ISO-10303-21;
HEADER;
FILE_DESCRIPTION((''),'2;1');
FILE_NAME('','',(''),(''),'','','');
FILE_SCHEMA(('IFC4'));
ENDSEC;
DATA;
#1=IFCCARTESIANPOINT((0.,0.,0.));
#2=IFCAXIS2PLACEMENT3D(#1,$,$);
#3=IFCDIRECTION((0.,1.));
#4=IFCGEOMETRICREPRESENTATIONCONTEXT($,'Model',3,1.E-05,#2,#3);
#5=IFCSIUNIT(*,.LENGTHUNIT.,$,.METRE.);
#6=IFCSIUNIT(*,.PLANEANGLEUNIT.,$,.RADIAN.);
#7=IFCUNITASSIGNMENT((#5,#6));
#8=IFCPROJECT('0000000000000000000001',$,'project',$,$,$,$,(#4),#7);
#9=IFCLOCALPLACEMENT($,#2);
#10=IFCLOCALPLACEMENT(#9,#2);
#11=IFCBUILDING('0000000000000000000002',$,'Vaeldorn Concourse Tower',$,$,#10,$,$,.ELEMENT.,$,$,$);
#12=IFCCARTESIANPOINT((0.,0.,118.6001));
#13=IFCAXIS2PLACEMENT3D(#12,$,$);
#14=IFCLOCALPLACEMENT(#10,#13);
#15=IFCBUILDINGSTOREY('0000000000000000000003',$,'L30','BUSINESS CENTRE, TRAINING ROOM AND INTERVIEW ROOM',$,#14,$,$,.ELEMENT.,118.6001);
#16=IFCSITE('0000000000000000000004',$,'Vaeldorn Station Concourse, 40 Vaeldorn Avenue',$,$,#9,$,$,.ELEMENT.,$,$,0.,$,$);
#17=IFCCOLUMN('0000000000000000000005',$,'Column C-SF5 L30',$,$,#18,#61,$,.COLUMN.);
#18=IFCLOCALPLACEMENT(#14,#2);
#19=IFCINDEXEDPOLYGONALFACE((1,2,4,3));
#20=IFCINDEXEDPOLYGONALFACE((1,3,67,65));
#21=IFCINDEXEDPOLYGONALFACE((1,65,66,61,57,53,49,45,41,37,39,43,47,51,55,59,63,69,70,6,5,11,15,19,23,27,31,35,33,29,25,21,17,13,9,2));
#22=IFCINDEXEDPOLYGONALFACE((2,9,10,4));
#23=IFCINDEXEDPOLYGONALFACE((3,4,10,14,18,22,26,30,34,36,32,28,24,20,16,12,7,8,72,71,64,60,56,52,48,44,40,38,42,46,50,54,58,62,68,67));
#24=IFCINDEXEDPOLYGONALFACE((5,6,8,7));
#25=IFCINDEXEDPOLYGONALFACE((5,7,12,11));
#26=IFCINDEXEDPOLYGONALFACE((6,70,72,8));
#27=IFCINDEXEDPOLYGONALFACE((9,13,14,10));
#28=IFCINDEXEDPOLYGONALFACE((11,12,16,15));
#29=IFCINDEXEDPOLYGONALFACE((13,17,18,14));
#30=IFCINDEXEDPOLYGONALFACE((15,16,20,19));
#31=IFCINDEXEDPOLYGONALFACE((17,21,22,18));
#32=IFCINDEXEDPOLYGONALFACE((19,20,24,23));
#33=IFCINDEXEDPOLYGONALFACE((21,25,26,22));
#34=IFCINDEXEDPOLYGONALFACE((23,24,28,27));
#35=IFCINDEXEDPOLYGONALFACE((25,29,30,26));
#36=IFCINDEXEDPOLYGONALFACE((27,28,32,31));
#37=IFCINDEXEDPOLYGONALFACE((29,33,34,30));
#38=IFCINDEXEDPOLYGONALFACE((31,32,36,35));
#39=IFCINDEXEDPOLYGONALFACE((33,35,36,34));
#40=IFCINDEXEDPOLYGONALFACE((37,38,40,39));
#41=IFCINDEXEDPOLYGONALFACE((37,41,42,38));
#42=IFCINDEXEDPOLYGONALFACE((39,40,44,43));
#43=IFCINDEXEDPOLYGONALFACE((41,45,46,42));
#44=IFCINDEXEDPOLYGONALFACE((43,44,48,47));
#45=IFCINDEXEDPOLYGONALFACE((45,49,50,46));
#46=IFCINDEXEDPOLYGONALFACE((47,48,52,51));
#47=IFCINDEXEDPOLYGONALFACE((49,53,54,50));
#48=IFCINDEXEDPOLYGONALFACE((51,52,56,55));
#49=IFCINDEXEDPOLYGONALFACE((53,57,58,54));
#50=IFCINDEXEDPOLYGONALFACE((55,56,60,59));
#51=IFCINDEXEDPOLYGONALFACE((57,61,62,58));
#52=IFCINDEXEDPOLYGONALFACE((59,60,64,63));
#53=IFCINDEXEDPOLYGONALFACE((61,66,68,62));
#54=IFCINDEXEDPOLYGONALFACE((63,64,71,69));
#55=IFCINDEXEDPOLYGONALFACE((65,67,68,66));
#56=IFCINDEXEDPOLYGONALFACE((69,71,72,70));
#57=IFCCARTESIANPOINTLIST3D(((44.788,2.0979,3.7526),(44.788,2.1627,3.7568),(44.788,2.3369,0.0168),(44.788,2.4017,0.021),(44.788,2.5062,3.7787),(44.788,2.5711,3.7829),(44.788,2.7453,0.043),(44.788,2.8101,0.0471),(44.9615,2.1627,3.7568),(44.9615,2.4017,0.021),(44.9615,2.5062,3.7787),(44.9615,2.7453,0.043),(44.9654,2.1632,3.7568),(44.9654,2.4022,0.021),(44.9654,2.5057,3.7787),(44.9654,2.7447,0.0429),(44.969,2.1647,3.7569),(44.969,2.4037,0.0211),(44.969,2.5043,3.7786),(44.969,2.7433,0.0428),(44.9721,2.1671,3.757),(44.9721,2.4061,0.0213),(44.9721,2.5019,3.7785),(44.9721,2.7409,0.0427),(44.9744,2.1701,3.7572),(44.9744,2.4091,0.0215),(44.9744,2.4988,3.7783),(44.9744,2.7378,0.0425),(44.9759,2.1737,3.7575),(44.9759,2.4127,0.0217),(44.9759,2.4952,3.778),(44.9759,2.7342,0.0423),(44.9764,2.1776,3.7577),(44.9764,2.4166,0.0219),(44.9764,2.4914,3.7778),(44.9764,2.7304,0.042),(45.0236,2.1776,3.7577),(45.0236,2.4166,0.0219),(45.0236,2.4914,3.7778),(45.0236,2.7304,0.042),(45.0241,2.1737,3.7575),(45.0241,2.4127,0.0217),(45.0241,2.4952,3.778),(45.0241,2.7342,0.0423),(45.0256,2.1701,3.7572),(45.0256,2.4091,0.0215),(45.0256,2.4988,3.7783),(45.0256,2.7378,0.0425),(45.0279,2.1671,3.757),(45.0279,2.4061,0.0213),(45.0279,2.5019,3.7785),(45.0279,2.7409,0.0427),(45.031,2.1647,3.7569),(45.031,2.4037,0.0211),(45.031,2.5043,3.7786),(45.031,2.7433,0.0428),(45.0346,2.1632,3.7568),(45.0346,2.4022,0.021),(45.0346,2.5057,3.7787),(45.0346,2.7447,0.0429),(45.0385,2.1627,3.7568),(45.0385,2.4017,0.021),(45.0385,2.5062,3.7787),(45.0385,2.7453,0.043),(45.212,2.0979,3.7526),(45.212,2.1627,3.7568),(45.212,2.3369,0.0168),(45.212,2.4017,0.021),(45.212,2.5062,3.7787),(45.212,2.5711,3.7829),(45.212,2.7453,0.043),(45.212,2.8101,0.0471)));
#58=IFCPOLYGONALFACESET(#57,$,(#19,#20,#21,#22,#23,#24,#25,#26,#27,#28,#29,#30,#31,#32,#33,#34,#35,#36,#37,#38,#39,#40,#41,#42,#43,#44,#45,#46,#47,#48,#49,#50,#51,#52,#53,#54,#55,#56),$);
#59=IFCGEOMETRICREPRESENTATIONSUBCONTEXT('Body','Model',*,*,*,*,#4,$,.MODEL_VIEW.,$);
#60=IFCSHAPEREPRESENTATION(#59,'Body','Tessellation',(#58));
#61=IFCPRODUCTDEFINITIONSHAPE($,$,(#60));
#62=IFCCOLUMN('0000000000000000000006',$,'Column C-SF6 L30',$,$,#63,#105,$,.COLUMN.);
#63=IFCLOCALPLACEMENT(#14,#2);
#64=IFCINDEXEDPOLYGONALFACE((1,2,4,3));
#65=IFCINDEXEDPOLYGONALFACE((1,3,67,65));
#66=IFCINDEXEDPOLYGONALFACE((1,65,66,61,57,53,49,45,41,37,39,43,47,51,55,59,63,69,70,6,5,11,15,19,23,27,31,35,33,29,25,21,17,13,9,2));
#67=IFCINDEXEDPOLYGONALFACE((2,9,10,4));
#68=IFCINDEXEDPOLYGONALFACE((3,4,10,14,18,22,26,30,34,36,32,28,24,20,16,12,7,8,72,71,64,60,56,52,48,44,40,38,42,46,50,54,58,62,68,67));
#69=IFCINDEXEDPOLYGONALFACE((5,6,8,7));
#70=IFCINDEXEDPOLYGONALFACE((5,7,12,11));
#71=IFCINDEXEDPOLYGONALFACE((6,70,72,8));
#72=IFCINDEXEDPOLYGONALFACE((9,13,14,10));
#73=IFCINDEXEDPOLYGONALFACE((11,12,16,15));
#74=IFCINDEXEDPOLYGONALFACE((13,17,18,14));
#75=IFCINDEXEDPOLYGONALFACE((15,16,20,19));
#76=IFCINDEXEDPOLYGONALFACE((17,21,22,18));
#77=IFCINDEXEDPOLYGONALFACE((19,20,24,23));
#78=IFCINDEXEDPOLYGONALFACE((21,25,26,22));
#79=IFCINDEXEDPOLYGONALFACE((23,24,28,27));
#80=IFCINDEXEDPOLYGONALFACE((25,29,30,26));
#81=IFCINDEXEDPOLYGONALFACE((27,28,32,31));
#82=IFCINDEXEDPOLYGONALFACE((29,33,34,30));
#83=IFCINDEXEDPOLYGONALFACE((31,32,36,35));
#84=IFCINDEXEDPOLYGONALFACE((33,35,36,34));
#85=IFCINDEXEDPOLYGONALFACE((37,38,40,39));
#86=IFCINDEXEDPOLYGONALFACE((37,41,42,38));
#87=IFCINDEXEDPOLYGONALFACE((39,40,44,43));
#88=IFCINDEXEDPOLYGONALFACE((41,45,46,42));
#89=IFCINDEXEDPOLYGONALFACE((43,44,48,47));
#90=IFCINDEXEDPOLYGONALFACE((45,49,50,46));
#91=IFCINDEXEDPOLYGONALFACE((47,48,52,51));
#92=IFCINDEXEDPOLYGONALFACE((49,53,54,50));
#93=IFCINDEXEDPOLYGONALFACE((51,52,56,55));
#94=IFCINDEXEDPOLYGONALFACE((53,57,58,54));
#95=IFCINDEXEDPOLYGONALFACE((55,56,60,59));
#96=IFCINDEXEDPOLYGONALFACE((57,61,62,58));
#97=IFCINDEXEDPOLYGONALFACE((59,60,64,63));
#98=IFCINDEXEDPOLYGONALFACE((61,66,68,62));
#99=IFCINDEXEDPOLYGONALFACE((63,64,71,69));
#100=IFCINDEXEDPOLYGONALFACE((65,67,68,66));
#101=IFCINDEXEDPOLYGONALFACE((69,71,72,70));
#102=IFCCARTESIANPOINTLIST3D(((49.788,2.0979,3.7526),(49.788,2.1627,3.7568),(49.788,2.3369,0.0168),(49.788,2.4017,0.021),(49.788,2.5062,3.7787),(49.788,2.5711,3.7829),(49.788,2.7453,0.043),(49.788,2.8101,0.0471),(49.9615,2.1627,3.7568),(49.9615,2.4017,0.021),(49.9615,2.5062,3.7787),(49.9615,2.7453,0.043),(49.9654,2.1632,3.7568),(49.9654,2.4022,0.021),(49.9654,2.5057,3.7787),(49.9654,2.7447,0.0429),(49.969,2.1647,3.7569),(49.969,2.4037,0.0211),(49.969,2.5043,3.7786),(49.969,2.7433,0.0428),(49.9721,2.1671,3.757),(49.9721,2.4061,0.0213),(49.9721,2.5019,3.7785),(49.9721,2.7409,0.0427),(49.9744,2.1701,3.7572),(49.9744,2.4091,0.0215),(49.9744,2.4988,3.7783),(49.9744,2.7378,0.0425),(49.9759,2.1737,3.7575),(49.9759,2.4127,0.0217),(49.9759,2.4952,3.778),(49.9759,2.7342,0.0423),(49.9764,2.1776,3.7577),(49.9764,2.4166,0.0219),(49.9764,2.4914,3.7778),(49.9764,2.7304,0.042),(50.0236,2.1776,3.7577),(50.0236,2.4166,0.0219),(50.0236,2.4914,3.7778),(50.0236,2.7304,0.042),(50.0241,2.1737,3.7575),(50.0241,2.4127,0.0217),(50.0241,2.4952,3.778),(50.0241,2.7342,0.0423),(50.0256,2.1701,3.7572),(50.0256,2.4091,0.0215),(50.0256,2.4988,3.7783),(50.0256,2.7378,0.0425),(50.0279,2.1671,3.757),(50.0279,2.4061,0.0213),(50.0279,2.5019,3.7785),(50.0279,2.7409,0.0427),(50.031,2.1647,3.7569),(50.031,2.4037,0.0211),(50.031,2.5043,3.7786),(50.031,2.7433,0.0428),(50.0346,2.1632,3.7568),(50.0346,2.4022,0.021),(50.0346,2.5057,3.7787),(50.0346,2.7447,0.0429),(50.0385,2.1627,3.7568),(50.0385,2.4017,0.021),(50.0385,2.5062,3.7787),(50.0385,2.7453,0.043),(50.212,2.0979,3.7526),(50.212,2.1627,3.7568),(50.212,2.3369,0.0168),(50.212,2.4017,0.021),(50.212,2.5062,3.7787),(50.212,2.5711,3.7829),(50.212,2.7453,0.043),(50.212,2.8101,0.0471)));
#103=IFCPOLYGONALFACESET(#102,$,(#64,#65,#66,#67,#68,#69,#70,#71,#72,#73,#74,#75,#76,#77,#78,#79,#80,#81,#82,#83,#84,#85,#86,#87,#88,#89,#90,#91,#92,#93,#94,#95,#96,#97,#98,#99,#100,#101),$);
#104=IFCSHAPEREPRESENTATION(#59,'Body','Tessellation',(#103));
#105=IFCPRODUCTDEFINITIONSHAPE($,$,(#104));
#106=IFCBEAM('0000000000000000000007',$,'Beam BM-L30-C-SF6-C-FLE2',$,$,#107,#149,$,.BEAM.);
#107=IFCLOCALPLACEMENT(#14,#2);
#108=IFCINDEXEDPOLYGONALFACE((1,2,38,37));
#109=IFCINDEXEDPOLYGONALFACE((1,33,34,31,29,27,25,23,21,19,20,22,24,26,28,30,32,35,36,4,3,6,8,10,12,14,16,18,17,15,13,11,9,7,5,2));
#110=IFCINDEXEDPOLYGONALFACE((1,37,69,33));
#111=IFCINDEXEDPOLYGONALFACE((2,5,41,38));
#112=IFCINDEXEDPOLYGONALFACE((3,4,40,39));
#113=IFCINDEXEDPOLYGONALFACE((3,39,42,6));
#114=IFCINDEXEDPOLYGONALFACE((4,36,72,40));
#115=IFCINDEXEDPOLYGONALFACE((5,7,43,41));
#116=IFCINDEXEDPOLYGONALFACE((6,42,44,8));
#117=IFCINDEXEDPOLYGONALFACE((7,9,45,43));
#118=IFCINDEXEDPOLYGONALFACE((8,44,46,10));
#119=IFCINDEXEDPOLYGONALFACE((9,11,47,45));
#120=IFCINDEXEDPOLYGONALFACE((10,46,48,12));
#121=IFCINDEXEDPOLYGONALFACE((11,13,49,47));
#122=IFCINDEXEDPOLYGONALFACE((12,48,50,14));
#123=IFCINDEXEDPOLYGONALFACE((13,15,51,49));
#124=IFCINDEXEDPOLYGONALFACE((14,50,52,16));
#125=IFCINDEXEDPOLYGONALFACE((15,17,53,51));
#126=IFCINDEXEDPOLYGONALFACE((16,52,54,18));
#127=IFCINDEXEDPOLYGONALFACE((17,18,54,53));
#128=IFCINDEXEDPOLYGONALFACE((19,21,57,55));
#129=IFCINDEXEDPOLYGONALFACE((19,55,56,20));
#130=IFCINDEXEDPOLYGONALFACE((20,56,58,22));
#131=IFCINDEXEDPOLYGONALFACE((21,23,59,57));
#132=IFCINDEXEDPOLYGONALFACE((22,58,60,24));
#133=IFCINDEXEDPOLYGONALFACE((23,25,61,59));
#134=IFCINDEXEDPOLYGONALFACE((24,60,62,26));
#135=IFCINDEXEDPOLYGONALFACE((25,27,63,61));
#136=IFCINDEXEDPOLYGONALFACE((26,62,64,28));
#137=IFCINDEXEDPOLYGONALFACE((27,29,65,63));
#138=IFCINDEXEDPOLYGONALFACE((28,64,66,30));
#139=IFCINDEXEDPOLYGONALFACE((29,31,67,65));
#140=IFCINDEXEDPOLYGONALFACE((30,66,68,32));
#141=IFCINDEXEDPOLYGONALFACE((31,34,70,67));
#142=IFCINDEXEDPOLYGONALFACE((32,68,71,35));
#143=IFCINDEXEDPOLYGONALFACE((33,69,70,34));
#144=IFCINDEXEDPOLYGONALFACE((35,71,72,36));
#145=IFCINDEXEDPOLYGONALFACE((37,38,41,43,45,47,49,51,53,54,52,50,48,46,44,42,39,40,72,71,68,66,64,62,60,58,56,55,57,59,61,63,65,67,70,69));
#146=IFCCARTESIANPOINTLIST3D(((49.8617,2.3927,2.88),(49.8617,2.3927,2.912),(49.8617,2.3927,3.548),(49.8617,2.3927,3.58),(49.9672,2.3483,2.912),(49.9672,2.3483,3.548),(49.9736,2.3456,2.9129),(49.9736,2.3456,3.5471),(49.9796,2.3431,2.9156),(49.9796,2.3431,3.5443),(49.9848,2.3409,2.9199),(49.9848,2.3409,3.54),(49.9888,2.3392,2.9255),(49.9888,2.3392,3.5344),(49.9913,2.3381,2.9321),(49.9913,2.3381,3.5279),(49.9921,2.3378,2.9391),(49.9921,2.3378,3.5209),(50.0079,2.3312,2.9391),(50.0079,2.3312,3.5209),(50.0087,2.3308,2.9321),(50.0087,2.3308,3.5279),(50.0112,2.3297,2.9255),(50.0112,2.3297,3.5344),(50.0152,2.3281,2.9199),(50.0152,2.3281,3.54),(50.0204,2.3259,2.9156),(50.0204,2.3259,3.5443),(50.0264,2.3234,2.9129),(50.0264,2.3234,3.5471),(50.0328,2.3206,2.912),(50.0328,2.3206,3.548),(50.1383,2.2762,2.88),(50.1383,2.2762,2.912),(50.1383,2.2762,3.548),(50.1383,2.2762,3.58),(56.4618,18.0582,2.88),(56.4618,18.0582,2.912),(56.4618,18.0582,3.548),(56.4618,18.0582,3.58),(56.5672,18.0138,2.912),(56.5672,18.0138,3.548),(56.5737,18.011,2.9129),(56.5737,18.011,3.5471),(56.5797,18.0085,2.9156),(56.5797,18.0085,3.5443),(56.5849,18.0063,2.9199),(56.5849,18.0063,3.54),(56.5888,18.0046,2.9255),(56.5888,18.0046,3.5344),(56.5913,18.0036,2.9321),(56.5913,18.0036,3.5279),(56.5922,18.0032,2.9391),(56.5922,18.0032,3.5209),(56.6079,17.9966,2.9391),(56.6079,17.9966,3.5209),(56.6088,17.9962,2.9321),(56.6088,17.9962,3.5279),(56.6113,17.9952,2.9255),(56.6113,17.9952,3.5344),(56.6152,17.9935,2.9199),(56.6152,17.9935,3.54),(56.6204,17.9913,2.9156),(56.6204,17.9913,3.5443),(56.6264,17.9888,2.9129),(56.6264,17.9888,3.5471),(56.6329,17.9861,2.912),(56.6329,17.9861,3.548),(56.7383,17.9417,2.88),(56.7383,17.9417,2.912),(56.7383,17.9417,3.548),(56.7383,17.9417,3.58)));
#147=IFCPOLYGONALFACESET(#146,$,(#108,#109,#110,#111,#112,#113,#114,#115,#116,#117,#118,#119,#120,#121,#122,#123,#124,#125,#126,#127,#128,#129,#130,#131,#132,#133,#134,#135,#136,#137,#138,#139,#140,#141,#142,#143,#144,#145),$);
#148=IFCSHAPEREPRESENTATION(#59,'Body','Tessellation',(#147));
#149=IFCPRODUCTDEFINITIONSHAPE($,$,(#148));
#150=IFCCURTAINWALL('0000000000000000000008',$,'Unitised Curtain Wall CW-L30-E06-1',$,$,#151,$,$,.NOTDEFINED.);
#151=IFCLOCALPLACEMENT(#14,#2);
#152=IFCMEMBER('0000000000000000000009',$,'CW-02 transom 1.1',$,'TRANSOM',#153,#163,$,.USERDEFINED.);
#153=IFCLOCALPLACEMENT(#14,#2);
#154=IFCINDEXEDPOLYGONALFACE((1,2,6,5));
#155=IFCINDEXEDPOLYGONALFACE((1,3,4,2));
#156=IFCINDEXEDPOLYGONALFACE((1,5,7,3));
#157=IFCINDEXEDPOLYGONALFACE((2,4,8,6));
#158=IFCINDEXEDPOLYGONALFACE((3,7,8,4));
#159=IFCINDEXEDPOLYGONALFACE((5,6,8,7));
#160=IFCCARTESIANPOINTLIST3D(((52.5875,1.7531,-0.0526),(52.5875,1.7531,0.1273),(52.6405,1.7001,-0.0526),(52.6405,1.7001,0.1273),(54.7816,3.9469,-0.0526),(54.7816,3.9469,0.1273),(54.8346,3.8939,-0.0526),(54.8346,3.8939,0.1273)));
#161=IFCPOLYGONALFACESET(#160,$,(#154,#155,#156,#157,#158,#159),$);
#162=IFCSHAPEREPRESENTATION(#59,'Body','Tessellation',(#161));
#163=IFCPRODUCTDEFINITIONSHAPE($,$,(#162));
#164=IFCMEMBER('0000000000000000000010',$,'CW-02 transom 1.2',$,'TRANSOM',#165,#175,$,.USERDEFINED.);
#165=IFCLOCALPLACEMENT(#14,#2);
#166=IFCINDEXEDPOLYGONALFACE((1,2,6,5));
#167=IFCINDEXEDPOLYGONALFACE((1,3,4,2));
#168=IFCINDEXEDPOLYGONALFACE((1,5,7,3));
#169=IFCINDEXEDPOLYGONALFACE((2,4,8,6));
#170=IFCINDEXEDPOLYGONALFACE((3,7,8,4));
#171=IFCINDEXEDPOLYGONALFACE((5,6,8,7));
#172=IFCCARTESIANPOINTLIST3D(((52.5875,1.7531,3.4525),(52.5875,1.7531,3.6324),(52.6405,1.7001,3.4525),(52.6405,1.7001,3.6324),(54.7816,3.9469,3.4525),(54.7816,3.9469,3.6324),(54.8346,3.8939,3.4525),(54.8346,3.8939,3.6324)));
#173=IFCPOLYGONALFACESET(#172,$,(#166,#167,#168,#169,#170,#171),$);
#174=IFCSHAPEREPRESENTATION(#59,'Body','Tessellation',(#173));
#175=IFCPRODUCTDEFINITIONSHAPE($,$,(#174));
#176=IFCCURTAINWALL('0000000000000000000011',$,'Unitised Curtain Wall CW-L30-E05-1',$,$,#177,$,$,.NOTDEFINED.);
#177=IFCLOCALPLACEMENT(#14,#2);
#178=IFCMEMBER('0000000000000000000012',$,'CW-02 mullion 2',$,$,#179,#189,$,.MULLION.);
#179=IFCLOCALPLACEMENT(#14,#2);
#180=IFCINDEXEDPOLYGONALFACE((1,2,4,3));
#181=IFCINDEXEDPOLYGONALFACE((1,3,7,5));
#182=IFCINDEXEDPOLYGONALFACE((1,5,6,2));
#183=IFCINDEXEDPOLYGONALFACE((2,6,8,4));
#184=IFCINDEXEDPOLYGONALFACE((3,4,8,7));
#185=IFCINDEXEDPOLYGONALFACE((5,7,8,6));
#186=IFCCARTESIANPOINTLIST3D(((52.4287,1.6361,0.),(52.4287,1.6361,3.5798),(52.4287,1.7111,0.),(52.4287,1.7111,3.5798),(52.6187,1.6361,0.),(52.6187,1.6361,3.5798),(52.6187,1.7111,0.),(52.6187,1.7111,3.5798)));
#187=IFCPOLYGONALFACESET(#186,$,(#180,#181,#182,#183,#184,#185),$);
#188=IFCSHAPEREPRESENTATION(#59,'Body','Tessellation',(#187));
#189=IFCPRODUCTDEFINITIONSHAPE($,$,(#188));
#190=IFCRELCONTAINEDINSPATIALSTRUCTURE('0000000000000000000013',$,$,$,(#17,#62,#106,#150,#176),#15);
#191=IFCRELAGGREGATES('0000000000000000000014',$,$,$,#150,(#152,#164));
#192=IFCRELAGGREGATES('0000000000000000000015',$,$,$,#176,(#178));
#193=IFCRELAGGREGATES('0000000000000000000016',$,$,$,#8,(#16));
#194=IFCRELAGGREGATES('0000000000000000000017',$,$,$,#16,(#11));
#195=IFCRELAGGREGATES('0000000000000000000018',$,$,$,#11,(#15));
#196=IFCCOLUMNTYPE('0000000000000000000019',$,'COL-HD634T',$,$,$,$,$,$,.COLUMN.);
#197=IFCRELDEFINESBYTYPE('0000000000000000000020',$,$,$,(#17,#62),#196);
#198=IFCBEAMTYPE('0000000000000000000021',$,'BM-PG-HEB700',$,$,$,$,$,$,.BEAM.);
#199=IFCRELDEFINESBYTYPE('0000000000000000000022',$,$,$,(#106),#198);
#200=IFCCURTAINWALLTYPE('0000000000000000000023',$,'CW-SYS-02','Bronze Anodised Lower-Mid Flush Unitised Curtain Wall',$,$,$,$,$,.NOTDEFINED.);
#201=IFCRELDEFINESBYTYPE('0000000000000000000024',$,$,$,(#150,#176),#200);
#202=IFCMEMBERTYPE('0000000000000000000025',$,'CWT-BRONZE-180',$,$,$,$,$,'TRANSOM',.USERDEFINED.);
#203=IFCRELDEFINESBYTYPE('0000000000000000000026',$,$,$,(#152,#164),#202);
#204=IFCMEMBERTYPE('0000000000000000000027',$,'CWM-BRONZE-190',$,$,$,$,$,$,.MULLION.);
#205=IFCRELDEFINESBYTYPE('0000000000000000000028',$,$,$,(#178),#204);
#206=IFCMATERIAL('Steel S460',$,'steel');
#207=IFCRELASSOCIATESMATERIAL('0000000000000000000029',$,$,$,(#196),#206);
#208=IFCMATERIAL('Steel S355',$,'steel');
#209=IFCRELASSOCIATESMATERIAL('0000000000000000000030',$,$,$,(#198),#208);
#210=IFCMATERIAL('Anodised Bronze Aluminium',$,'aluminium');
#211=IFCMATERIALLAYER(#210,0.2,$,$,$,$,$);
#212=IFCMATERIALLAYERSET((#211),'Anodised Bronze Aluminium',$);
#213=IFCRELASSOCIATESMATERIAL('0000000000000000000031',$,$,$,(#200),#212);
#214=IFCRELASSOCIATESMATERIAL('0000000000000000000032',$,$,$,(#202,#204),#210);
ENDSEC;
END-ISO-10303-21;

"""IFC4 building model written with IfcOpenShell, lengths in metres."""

from ifc_helpers import new_model, si_unit, direction, frame, origin, origin_2d, place, context, subcontext, project, spatial, rectangle, i_section, extrude, source, transform, mapped, material, layer, layer_set, material_profile, profile_set, type_object, element, aggregate, save


model = new_model("IFC4")

# Units and contexts
model_context = context("Model", 3, precision=1e-05, world=origin(), true_north=direction((0.0, 1.0)))
body_context = subcontext(model_context, "Body", "Model", "MODEL_VIEW")
ifc_project = project(units=[si_unit("LENGTHUNIT", "METRE"), si_unit("PLANEANGLEUNIT", "RADIAN")], contexts=[model_context])

# Site, building, storey
site_placement = place(None, origin())
site = spatial("IfcSite", under=ifc_project, at=site_placement, Name="Vaeldorn Station Concourse, 40 Vaeldorn Avenue", CompositionType="ELEMENT", RefElevation=0.0)
building_placement = place(site_placement, origin())
building = spatial("IfcBuilding", under=site, at=building_placement, Name="Vaeldorn Concourse Tower", CompositionType="ELEMENT")
storey_placement = place(building_placement, frame((0.0, 0.0, 118.6001)))
storey = spatial("IfcBuildingStorey", under=building, at=storey_placement, Name="L30", Description="BUSINESS CENTRE, TRAINING ROOM AND INTERVIEW ROOM", CompositionType="ELEMENT", Elevation=118.6001)

# Columns
ifc_material_1 = material(Name="Steel S460", Category="steel")
ifc_material_profile_1 = material_profile(ifc_material_1, i_section(OverallWidth=0.4241, OverallDepth=0.4741, WebThickness=0.0471, FlangeThickness=0.0649, FilletRadius=0.0149, at=origin_2d()), Name="HD 400x634")
ifc_profile_set_1 = profile_set([ifc_material_profile_1], Name="Steel S460")
column_type = type_object("IfcColumnType", Name="COL-HD634T", PredefinedType="COLUMN", material=ifc_profile_set_1)
shared_shape_1 = source(origin(), body_context, "Body", "SweptSolid", [
    extrude(i_section(OverallWidth=0.4241, OverallDepth=0.4741, WebThickness=0.0471, FlangeThickness=0.0649, FilletRadius=0.0149, at=origin_2d()), origin(), (0.0, 0.0, 1.0), 3.7434),
])
for number, where, z_axis, x_axis, name in (
    (1, (45.0, 2.5735, 0.032), (0.0, -0.063848, 0.99796), (1.0, 0.0, 0.0), "Column C-SF5 L30"),
    (2, (50.0, 2.5735, 0.032), (0.0, -0.063848, 0.99796), (1.0, 0.0, 0.0), "Column C-SF6 L30"),
):
    element("IfcColumn", number, at=place(storey_placement, frame(where, z_axis=z_axis, x_axis=x_axis)), inside=storey, type_object=column_type, Name=name, PredefinedType="COLUMN", context=body_context, shape_type="MappedRepresentation", body=[
        mapped(shared_shape_1, transform((0.0, 0.0, 0.0), scale=1.0)),
    ])

# Beam
ifc_material_2 = material(Name="Steel S355", Category="steel")
ifc_material_profile_2 = material_profile(ifc_material_2, i_section(OverallWidth=0.3, OverallDepth=0.7, WebThickness=0.0171, FlangeThickness=0.032, FilletRadius=0.0271, at=origin_2d()), Name="HEB 700")
ifc_profile_set_2 = profile_set([ifc_material_profile_2], Name="Steel S355")
beam_type = type_object("IfcBeamType", Name="BM-PG-HEB700", PredefinedType="BEAM", material=ifc_profile_set_2)
shared_shape_2 = source(origin(), body_context, "Body", "SweptSolid", [
    extrude(i_section(OverallWidth=0.3, OverallDepth=0.7, WebThickness=0.0171, FlangeThickness=0.032, FilletRadius=0.0271, at=origin_2d()), origin(), (0.0, 0.0, 1.0), 16.999),
])
beam_placement = place(storey_placement, frame((50.0, 2.3345, 3.23), z_axis=(0.388261, 0.921549, 0.0), x_axis=(-0.921549, 0.388261, 0.0)))
element("IfcBeam", 3, at=beam_placement, inside=storey, type_object=beam_type, Name="Beam BM-L30-C-SF6-C-FLE2", PredefinedType="BEAM", context=body_context, shape_type="MappedRepresentation", body=[
    mapped(shared_shape_2, transform((0.0, 0.0, 0.0), scale=1.0)),
])

# Curtain wall, members
ifc_material_3 = material(Name="Anodised Bronze Aluminium", Category="aluminium")
ifc_layer_1 = layer(ifc_material_3, 0.2)
ifc_layer_set_1 = layer_set([ifc_layer_1], Name="Anodised Bronze Aluminium")
curtain_wall_type = type_object("IfcCurtainWallType", Name="CW-SYS-02", Description="Bronze Anodised Lower-Mid Flush Unitised Curtain Wall", PredefinedType="NOTDEFINED", material=ifc_layer_set_1)
curtain_wall_1_placement = place(storey_placement, origin())
curtain_wall_1 = element("IfcCurtainWall", 4, at=curtain_wall_1_placement, inside=storey, type_object=curtain_wall_type, Name="Unitised Curtain Wall CW-L30-E06-1", PredefinedType="NOTDEFINED")
ifc_material_profile_3 = material_profile(ifc_material_3, rectangle(XDim=0.075, YDim=0.1799, at=origin_2d()), Name="CWT 75x180")
ifc_profile_set_3 = profile_set([ifc_material_profile_3], Name="Anodised Bronze Aluminium")
member_type_1 = type_object("IfcMemberType", Name="CWT-BRONZE-180", ElementType="TRANSOM", PredefinedType="USERDEFINED", material=ifc_profile_set_3)
shared_shape_3 = source(origin(), body_context, "Body", "SweptSolid", [
    extrude(rectangle(XDim=0.075, YDim=0.1799, at=origin_2d()), origin(), (0.0, 0.0, 1.0), 3.1028),
])
member_1_placement = place(storey_placement, frame((52.614, 1.7266, 0.0374), z_axis=(0.707146, 0.707067, 0.0), x_axis=(-0.707067, 0.707146, 0.0)))
member_1 = element("IfcMember", 5, at=member_1_placement, type_object=member_type_1, Name="CW-02 transom 1.1", ObjectType="TRANSOM", PredefinedType="USERDEFINED", context=body_context, shape_type="MappedRepresentation", body=[
    mapped(shared_shape_3, transform((0.0, 0.0, 0.0), scale=1.0)),
])
member_2_placement = place(storey_placement, frame((52.614, 1.7266, 3.5425), z_axis=(0.707146, 0.707067, 0.0), x_axis=(-0.707067, 0.707146, 0.0)))
member_2 = element("IfcMember", 6, at=member_2_placement, type_object=member_type_1, Name="CW-02 transom 1.2", ObjectType="TRANSOM", PredefinedType="USERDEFINED", context=body_context, shape_type="MappedRepresentation", body=[
    mapped(shared_shape_3, transform((0.0, 0.0, 0.0), scale=1.0)),
])

# Curtain wall, member
curtain_wall_2_placement = place(storey_placement, origin())
curtain_wall_2 = element("IfcCurtainWall", 7, at=curtain_wall_2_placement, inside=storey, type_object=curtain_wall_type, Name="Unitised Curtain Wall CW-L30-E05-1", PredefinedType="NOTDEFINED")
ifc_material_profile_4 = material_profile(ifc_material_3, rectangle(XDim=0.075, YDim=0.1899, at=origin_2d()), Name="CWM 75x190")
ifc_profile_set_4 = profile_set([ifc_material_profile_4], Name="Anodised Bronze Aluminium")
member_type_2 = type_object("IfcMemberType", Name="CWM-BRONZE-190", PredefinedType="MULLION", material=ifc_profile_set_4)
shared_shape_4 = source(origin(), body_context, "Body", "SweptSolid", [
    extrude(rectangle(XDim=0.075, YDim=0.1899, at=origin_2d()), origin(), (0.0, 0.0, 1.0), 3.5798),
])
member_3_placement = place(storey_placement, frame((52.5237, 1.6736, 0.0), z_axis=(0.0, 0.0, 1.0), x_axis=(0.0, 1.0, 0.0)))
member_3 = element("IfcMember", 8, at=member_3_placement, type_object=member_type_2, Name="CW-02 mullion 2", PredefinedType="MULLION", context=body_context, shape_type="MappedRepresentation", body=[
    mapped(shared_shape_4, transform((0.0, 0.0, 0.0), scale=1.0)),
])

aggregate(curtain_wall_1, [member_1, member_2])
aggregate(curtain_wall_2, [member_3])

save(model, "model.ifc")
